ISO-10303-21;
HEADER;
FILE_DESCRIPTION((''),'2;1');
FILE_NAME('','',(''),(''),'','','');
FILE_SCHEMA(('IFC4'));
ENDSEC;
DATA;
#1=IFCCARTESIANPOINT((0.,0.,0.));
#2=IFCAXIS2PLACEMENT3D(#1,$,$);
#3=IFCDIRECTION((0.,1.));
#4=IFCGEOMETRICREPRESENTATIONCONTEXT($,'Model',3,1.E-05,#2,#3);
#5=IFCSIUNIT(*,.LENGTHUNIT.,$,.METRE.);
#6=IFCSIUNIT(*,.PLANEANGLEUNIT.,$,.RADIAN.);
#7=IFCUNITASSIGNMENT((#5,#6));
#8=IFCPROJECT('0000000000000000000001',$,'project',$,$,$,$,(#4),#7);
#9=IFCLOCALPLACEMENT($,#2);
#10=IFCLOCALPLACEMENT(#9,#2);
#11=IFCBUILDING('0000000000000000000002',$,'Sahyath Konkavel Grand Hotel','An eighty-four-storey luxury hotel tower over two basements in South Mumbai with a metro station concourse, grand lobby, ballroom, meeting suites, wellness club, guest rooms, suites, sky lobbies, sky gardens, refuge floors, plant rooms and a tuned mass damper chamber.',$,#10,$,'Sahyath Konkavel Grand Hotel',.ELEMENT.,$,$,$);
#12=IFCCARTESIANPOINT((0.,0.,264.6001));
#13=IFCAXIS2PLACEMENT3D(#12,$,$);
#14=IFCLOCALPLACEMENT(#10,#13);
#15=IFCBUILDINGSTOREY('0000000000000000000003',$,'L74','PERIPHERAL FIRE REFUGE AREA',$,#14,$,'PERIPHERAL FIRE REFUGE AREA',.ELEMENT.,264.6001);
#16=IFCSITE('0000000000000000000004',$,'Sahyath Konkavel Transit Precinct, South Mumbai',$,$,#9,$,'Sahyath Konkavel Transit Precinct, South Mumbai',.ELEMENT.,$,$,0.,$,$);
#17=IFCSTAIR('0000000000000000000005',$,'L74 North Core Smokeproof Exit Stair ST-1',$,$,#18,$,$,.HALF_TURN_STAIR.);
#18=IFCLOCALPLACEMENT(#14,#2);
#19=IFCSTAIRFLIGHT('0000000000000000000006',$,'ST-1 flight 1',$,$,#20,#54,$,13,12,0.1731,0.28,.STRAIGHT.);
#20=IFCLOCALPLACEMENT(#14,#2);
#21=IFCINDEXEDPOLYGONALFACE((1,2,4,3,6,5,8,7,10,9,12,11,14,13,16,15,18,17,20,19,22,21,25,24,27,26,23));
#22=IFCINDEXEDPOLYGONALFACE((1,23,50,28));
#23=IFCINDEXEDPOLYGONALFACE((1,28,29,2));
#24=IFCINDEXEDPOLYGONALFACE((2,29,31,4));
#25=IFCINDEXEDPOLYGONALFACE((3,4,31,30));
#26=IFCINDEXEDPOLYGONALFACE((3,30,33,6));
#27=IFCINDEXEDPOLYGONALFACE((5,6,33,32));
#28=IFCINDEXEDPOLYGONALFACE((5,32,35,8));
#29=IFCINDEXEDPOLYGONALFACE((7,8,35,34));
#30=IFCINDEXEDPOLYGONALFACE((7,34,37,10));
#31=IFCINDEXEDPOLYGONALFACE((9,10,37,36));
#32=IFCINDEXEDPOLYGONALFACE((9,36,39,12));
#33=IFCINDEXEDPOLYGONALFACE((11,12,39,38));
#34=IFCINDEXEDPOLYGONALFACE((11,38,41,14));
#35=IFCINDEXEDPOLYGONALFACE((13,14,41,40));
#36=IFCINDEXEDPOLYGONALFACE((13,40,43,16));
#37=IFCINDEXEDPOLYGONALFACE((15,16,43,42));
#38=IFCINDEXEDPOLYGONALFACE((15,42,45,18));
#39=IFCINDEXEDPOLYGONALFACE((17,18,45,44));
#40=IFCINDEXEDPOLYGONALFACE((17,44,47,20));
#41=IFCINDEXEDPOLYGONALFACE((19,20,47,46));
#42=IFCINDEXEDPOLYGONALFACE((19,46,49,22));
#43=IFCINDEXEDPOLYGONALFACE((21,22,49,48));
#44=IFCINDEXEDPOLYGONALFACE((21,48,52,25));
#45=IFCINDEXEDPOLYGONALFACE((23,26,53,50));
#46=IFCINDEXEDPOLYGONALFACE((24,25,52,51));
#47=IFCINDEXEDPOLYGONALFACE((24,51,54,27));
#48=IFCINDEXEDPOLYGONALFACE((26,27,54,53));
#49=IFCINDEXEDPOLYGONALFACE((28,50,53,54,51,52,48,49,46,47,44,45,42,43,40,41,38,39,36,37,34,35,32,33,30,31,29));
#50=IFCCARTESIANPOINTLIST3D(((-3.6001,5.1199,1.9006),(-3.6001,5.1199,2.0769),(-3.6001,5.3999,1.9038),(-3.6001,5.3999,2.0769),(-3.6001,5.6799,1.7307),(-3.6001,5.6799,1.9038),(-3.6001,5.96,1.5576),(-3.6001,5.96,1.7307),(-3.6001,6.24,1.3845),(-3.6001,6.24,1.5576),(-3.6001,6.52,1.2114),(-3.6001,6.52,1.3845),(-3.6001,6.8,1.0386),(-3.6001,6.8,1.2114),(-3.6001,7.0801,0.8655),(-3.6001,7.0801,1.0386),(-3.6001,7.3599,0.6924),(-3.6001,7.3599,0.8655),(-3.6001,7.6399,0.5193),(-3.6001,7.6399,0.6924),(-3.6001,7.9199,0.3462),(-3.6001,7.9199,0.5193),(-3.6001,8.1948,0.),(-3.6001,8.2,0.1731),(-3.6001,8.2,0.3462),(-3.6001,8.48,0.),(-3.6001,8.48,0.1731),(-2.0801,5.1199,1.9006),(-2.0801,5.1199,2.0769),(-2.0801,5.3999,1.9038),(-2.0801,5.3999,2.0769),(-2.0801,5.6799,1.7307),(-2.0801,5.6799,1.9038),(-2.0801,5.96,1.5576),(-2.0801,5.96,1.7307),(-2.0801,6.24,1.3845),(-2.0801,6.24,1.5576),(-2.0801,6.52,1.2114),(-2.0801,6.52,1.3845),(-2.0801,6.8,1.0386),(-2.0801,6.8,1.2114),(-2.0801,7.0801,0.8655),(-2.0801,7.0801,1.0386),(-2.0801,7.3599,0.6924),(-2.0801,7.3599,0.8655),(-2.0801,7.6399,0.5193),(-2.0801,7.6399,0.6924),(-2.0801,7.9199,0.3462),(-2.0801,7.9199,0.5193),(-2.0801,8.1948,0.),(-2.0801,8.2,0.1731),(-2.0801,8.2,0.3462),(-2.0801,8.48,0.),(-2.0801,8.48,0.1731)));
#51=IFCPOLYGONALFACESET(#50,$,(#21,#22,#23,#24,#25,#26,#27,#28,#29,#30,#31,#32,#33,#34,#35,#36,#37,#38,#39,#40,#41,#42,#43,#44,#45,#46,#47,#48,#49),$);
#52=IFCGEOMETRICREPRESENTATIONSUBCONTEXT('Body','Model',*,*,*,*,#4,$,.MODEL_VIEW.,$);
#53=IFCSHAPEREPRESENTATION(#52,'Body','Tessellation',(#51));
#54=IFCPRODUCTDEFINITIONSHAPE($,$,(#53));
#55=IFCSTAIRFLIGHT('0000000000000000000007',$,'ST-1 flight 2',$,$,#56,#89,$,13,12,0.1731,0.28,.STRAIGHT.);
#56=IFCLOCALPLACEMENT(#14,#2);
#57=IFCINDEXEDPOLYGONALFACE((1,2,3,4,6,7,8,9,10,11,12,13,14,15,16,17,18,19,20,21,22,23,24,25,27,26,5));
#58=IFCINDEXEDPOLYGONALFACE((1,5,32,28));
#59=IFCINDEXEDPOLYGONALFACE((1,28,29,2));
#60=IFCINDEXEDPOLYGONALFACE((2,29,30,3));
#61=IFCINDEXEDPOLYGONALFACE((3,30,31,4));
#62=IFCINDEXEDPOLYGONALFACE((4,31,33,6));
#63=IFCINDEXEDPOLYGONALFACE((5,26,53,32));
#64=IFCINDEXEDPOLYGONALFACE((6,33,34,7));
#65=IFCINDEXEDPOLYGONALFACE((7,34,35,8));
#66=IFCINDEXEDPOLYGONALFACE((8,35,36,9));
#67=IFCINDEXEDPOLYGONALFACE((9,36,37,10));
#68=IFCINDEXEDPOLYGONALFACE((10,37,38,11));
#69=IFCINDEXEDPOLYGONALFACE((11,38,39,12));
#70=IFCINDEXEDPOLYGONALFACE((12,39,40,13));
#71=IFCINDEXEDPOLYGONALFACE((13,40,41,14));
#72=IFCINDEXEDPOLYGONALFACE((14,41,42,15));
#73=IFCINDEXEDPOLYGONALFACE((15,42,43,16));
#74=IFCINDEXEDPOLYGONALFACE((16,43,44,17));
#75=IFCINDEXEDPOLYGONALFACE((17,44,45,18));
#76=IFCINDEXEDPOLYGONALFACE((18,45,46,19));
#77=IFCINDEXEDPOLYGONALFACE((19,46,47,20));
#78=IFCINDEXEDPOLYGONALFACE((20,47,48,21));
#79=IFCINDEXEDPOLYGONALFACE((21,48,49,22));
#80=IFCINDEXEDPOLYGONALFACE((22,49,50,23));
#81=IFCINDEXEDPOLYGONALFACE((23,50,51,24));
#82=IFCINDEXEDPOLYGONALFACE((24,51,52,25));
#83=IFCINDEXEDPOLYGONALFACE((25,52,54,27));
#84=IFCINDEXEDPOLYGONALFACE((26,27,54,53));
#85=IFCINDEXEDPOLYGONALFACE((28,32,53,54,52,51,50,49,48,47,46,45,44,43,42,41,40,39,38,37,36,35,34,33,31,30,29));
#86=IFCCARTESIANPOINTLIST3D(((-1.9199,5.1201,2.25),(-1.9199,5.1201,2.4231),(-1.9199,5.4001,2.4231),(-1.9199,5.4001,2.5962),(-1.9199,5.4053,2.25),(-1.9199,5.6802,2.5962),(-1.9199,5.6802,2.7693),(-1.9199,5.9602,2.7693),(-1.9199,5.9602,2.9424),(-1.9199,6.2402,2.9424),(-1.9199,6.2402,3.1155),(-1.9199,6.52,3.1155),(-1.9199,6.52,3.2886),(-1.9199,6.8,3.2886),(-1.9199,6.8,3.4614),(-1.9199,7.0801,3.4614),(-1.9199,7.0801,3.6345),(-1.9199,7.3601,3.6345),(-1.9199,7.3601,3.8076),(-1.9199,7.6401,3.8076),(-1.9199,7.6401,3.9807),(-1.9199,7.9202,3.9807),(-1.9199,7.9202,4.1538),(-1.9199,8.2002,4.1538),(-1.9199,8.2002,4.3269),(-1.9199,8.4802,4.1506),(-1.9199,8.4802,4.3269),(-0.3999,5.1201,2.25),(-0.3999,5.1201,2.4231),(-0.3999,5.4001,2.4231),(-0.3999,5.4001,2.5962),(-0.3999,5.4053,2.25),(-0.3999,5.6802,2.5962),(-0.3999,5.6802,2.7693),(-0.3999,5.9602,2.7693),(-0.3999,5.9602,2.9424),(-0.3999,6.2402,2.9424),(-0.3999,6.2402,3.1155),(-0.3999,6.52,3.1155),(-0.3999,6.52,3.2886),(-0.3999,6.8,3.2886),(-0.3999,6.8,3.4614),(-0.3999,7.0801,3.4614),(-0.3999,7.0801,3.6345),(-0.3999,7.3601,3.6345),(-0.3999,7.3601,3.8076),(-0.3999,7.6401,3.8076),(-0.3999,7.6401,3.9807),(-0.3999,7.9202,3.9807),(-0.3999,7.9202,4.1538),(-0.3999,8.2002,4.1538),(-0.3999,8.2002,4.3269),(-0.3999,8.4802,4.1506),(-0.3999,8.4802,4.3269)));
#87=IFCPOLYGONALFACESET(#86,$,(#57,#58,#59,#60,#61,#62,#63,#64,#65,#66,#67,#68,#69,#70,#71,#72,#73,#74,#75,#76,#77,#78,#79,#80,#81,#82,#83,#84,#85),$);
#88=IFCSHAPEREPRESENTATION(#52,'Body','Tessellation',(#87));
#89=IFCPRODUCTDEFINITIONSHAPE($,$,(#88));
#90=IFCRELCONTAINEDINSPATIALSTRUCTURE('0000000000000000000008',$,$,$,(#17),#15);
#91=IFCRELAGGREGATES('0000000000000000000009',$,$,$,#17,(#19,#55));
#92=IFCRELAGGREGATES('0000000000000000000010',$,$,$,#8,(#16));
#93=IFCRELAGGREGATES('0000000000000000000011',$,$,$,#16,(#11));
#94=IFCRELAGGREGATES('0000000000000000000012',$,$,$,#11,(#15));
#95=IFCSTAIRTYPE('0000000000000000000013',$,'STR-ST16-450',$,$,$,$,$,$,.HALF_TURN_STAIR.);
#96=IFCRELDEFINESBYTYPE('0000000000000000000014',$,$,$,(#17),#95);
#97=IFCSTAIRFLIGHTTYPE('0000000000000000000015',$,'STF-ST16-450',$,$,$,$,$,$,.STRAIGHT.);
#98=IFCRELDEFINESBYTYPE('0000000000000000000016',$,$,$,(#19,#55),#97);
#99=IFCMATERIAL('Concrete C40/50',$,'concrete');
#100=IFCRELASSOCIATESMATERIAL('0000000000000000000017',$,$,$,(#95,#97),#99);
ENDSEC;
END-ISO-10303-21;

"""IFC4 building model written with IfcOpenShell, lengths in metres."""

from ifc_helpers import new_model, si_unit, direction, frame, origin, place, context, subcontext, project, spatial, polyline, outline, extrude, material, type_object, element, aggregate, save


model = new_model("IFC4")

# Units and contexts
model_context = context("Model", 3, precision=1e-05, world=origin(), true_north=direction((0.0, 1.0)))
body_context = subcontext(model_context, "Body", "Model", "MODEL_VIEW")
ifc_project = project(units=[si_unit("LENGTHUNIT", "METRE"), si_unit("PLANEANGLEUNIT", "RADIAN")], contexts=[model_context])

# Site, building, storey
site_placement = place(None, origin())
site = spatial("IfcSite", under=ifc_project, at=site_placement, Name="Sahyath Konkavel Transit Precinct, South Mumbai", LongName="Sahyath Konkavel Transit Precinct, South Mumbai", CompositionType="ELEMENT", RefElevation=0.0)
building_placement = place(site_placement, origin())
building = spatial("IfcBuilding", under=site, at=building_placement, Name="Sahyath Konkavel Grand Hotel", Description="An eighty-four-storey luxury hotel tower over two basements in South Mumbai with a metro station concourse, grand lobby, ballroom, meeting suites, wellness club, guest rooms, suites, sky lobbies, sky gardens, refuge floors, plant rooms and a tuned mass damper chamber.", LongName="Sahyath Konkavel Grand Hotel", CompositionType="ELEMENT")
storey_placement = place(building_placement, frame((0.0, 0.0, 264.6001)))
storey = spatial("IfcBuildingStorey", under=building, at=storey_placement, Name="L74", Description="PERIPHERAL FIRE REFUGE AREA", LongName="PERIPHERAL FIRE REFUGE AREA", CompositionType="ELEMENT", Elevation=264.6001)

# Shared definitions
ifc_material_1 = material(Name="Concrete C40/50", Category="concrete")

# Stair, stair flights
stair_type = type_object("IfcStairType", Name="STR-ST16-450", PredefinedType="HALF_TURN_STAIR", material=ifc_material_1)
stair_placement = place(storey_placement, origin())
stair = element("IfcStair", 1, at=stair_placement, inside=storey, type_object=stair_type, Name="L74 North Core Smokeproof Exit Stair ST-1", PredefinedType="HALF_TURN_STAIR")
stair_flight_type = type_object("IfcStairFlightType", Name="STF-ST16-450", PredefinedType="STRAIGHT", material=ifc_material_1)
stair_flight_1_placement = place(storey_placement, frame((-2.8401, 8.48, 0.0), z_axis=(0.0, 0.0, 1.0), x_axis=(0.0, -1.0, 0.0)))
stair_flight_1 = element("IfcStairFlight", 2, at=stair_flight_1_placement, type_object=stair_flight_type, Name="ST-1 flight 1", NumberOfRisers=13, NumberOfTreads=12, PredefinedType="STRAIGHT", RiserHeight=0.1731, TreadLength=0.28, context=body_context, shape_type="SweptSolid", body=[
    extrude(outline(polyline([(0.0, 0.0), (0.0, 0.1731), (0.28, 0.1731), (0.28, 0.3462), (0.5601, 0.3462), (0.5601, 0.5193), (0.8401, 0.5193), (0.8401, 0.6924), (1.1201, 0.6924), (1.1201, 0.8655), (1.3999, 0.8655), (1.3999, 1.0386), (1.6799, 1.0386), (1.6799, 1.2114), (1.96, 1.2114), (1.96, 1.3845), (2.24, 1.3845), (2.24, 1.5576), (2.52, 1.5576), (2.52, 1.7307), (2.8, 1.7307), (2.8, 1.9038), (3.0801, 1.9038), (3.0801, 2.0769), (3.3601, 2.0769), (3.3601, 2.25), (3.3601, 1.9006), (0.2852, 0.0), (0.0, 0.0)])), frame((0.0, 0.76, 0.0), z_axis=(0.0, -1.0, 0.0), x_axis=(1.0, 0.0, 0.0)), (0.0, 0.0, 1.0), 1.52),
])
stair_flight_2_placement = place(storey_placement, frame((-1.1599, 5.1201, 2.25), z_axis=(0.0, 0.0, 1.0), x_axis=(0.0, 1.0, 0.0)))
stair_flight_2 = element("IfcStairFlight", 3, at=stair_flight_2_placement, type_object=stair_flight_type, Name="ST-1 flight 2", NumberOfRisers=13, NumberOfTreads=12, PredefinedType="STRAIGHT", RiserHeight=0.1731, TreadLength=0.28, context=body_context, shape_type="SweptSolid", body=[
    extrude(outline(polyline([(0.0, 0.0), (0.0, 0.1731), (0.28, 0.1731), (0.28, 0.3462), (0.5601, 0.3462), (0.5601, 0.5193), (0.8401, 0.5193), (0.8401, 0.6924), (1.1201, 0.6924), (1.1201, 0.8655), (1.3999, 0.8655), (1.3999, 1.0386), (1.6799, 1.0386), (1.6799, 1.2114), (1.96, 1.2114), (1.96, 1.3845), (2.24, 1.3845), (2.24, 1.5576), (2.52, 1.5576), (2.52, 1.7307), (2.8, 1.7307), (2.8, 1.9038), (3.0801, 1.9038), (3.0801, 2.0769), (3.3601, 2.0769), (3.3601, 2.25), (3.3601, 1.9006), (0.2852, 0.0), (0.0, 0.0)])), frame((0.0, 0.76, 0.0), z_axis=(0.0, -1.0, 0.0), x_axis=(1.0, 0.0, 0.0)), (0.0, 0.0, 1.0), 1.52),
])
aggregate(stair, [stair_flight_1, stair_flight_2])

save(model, "model.ifc")
